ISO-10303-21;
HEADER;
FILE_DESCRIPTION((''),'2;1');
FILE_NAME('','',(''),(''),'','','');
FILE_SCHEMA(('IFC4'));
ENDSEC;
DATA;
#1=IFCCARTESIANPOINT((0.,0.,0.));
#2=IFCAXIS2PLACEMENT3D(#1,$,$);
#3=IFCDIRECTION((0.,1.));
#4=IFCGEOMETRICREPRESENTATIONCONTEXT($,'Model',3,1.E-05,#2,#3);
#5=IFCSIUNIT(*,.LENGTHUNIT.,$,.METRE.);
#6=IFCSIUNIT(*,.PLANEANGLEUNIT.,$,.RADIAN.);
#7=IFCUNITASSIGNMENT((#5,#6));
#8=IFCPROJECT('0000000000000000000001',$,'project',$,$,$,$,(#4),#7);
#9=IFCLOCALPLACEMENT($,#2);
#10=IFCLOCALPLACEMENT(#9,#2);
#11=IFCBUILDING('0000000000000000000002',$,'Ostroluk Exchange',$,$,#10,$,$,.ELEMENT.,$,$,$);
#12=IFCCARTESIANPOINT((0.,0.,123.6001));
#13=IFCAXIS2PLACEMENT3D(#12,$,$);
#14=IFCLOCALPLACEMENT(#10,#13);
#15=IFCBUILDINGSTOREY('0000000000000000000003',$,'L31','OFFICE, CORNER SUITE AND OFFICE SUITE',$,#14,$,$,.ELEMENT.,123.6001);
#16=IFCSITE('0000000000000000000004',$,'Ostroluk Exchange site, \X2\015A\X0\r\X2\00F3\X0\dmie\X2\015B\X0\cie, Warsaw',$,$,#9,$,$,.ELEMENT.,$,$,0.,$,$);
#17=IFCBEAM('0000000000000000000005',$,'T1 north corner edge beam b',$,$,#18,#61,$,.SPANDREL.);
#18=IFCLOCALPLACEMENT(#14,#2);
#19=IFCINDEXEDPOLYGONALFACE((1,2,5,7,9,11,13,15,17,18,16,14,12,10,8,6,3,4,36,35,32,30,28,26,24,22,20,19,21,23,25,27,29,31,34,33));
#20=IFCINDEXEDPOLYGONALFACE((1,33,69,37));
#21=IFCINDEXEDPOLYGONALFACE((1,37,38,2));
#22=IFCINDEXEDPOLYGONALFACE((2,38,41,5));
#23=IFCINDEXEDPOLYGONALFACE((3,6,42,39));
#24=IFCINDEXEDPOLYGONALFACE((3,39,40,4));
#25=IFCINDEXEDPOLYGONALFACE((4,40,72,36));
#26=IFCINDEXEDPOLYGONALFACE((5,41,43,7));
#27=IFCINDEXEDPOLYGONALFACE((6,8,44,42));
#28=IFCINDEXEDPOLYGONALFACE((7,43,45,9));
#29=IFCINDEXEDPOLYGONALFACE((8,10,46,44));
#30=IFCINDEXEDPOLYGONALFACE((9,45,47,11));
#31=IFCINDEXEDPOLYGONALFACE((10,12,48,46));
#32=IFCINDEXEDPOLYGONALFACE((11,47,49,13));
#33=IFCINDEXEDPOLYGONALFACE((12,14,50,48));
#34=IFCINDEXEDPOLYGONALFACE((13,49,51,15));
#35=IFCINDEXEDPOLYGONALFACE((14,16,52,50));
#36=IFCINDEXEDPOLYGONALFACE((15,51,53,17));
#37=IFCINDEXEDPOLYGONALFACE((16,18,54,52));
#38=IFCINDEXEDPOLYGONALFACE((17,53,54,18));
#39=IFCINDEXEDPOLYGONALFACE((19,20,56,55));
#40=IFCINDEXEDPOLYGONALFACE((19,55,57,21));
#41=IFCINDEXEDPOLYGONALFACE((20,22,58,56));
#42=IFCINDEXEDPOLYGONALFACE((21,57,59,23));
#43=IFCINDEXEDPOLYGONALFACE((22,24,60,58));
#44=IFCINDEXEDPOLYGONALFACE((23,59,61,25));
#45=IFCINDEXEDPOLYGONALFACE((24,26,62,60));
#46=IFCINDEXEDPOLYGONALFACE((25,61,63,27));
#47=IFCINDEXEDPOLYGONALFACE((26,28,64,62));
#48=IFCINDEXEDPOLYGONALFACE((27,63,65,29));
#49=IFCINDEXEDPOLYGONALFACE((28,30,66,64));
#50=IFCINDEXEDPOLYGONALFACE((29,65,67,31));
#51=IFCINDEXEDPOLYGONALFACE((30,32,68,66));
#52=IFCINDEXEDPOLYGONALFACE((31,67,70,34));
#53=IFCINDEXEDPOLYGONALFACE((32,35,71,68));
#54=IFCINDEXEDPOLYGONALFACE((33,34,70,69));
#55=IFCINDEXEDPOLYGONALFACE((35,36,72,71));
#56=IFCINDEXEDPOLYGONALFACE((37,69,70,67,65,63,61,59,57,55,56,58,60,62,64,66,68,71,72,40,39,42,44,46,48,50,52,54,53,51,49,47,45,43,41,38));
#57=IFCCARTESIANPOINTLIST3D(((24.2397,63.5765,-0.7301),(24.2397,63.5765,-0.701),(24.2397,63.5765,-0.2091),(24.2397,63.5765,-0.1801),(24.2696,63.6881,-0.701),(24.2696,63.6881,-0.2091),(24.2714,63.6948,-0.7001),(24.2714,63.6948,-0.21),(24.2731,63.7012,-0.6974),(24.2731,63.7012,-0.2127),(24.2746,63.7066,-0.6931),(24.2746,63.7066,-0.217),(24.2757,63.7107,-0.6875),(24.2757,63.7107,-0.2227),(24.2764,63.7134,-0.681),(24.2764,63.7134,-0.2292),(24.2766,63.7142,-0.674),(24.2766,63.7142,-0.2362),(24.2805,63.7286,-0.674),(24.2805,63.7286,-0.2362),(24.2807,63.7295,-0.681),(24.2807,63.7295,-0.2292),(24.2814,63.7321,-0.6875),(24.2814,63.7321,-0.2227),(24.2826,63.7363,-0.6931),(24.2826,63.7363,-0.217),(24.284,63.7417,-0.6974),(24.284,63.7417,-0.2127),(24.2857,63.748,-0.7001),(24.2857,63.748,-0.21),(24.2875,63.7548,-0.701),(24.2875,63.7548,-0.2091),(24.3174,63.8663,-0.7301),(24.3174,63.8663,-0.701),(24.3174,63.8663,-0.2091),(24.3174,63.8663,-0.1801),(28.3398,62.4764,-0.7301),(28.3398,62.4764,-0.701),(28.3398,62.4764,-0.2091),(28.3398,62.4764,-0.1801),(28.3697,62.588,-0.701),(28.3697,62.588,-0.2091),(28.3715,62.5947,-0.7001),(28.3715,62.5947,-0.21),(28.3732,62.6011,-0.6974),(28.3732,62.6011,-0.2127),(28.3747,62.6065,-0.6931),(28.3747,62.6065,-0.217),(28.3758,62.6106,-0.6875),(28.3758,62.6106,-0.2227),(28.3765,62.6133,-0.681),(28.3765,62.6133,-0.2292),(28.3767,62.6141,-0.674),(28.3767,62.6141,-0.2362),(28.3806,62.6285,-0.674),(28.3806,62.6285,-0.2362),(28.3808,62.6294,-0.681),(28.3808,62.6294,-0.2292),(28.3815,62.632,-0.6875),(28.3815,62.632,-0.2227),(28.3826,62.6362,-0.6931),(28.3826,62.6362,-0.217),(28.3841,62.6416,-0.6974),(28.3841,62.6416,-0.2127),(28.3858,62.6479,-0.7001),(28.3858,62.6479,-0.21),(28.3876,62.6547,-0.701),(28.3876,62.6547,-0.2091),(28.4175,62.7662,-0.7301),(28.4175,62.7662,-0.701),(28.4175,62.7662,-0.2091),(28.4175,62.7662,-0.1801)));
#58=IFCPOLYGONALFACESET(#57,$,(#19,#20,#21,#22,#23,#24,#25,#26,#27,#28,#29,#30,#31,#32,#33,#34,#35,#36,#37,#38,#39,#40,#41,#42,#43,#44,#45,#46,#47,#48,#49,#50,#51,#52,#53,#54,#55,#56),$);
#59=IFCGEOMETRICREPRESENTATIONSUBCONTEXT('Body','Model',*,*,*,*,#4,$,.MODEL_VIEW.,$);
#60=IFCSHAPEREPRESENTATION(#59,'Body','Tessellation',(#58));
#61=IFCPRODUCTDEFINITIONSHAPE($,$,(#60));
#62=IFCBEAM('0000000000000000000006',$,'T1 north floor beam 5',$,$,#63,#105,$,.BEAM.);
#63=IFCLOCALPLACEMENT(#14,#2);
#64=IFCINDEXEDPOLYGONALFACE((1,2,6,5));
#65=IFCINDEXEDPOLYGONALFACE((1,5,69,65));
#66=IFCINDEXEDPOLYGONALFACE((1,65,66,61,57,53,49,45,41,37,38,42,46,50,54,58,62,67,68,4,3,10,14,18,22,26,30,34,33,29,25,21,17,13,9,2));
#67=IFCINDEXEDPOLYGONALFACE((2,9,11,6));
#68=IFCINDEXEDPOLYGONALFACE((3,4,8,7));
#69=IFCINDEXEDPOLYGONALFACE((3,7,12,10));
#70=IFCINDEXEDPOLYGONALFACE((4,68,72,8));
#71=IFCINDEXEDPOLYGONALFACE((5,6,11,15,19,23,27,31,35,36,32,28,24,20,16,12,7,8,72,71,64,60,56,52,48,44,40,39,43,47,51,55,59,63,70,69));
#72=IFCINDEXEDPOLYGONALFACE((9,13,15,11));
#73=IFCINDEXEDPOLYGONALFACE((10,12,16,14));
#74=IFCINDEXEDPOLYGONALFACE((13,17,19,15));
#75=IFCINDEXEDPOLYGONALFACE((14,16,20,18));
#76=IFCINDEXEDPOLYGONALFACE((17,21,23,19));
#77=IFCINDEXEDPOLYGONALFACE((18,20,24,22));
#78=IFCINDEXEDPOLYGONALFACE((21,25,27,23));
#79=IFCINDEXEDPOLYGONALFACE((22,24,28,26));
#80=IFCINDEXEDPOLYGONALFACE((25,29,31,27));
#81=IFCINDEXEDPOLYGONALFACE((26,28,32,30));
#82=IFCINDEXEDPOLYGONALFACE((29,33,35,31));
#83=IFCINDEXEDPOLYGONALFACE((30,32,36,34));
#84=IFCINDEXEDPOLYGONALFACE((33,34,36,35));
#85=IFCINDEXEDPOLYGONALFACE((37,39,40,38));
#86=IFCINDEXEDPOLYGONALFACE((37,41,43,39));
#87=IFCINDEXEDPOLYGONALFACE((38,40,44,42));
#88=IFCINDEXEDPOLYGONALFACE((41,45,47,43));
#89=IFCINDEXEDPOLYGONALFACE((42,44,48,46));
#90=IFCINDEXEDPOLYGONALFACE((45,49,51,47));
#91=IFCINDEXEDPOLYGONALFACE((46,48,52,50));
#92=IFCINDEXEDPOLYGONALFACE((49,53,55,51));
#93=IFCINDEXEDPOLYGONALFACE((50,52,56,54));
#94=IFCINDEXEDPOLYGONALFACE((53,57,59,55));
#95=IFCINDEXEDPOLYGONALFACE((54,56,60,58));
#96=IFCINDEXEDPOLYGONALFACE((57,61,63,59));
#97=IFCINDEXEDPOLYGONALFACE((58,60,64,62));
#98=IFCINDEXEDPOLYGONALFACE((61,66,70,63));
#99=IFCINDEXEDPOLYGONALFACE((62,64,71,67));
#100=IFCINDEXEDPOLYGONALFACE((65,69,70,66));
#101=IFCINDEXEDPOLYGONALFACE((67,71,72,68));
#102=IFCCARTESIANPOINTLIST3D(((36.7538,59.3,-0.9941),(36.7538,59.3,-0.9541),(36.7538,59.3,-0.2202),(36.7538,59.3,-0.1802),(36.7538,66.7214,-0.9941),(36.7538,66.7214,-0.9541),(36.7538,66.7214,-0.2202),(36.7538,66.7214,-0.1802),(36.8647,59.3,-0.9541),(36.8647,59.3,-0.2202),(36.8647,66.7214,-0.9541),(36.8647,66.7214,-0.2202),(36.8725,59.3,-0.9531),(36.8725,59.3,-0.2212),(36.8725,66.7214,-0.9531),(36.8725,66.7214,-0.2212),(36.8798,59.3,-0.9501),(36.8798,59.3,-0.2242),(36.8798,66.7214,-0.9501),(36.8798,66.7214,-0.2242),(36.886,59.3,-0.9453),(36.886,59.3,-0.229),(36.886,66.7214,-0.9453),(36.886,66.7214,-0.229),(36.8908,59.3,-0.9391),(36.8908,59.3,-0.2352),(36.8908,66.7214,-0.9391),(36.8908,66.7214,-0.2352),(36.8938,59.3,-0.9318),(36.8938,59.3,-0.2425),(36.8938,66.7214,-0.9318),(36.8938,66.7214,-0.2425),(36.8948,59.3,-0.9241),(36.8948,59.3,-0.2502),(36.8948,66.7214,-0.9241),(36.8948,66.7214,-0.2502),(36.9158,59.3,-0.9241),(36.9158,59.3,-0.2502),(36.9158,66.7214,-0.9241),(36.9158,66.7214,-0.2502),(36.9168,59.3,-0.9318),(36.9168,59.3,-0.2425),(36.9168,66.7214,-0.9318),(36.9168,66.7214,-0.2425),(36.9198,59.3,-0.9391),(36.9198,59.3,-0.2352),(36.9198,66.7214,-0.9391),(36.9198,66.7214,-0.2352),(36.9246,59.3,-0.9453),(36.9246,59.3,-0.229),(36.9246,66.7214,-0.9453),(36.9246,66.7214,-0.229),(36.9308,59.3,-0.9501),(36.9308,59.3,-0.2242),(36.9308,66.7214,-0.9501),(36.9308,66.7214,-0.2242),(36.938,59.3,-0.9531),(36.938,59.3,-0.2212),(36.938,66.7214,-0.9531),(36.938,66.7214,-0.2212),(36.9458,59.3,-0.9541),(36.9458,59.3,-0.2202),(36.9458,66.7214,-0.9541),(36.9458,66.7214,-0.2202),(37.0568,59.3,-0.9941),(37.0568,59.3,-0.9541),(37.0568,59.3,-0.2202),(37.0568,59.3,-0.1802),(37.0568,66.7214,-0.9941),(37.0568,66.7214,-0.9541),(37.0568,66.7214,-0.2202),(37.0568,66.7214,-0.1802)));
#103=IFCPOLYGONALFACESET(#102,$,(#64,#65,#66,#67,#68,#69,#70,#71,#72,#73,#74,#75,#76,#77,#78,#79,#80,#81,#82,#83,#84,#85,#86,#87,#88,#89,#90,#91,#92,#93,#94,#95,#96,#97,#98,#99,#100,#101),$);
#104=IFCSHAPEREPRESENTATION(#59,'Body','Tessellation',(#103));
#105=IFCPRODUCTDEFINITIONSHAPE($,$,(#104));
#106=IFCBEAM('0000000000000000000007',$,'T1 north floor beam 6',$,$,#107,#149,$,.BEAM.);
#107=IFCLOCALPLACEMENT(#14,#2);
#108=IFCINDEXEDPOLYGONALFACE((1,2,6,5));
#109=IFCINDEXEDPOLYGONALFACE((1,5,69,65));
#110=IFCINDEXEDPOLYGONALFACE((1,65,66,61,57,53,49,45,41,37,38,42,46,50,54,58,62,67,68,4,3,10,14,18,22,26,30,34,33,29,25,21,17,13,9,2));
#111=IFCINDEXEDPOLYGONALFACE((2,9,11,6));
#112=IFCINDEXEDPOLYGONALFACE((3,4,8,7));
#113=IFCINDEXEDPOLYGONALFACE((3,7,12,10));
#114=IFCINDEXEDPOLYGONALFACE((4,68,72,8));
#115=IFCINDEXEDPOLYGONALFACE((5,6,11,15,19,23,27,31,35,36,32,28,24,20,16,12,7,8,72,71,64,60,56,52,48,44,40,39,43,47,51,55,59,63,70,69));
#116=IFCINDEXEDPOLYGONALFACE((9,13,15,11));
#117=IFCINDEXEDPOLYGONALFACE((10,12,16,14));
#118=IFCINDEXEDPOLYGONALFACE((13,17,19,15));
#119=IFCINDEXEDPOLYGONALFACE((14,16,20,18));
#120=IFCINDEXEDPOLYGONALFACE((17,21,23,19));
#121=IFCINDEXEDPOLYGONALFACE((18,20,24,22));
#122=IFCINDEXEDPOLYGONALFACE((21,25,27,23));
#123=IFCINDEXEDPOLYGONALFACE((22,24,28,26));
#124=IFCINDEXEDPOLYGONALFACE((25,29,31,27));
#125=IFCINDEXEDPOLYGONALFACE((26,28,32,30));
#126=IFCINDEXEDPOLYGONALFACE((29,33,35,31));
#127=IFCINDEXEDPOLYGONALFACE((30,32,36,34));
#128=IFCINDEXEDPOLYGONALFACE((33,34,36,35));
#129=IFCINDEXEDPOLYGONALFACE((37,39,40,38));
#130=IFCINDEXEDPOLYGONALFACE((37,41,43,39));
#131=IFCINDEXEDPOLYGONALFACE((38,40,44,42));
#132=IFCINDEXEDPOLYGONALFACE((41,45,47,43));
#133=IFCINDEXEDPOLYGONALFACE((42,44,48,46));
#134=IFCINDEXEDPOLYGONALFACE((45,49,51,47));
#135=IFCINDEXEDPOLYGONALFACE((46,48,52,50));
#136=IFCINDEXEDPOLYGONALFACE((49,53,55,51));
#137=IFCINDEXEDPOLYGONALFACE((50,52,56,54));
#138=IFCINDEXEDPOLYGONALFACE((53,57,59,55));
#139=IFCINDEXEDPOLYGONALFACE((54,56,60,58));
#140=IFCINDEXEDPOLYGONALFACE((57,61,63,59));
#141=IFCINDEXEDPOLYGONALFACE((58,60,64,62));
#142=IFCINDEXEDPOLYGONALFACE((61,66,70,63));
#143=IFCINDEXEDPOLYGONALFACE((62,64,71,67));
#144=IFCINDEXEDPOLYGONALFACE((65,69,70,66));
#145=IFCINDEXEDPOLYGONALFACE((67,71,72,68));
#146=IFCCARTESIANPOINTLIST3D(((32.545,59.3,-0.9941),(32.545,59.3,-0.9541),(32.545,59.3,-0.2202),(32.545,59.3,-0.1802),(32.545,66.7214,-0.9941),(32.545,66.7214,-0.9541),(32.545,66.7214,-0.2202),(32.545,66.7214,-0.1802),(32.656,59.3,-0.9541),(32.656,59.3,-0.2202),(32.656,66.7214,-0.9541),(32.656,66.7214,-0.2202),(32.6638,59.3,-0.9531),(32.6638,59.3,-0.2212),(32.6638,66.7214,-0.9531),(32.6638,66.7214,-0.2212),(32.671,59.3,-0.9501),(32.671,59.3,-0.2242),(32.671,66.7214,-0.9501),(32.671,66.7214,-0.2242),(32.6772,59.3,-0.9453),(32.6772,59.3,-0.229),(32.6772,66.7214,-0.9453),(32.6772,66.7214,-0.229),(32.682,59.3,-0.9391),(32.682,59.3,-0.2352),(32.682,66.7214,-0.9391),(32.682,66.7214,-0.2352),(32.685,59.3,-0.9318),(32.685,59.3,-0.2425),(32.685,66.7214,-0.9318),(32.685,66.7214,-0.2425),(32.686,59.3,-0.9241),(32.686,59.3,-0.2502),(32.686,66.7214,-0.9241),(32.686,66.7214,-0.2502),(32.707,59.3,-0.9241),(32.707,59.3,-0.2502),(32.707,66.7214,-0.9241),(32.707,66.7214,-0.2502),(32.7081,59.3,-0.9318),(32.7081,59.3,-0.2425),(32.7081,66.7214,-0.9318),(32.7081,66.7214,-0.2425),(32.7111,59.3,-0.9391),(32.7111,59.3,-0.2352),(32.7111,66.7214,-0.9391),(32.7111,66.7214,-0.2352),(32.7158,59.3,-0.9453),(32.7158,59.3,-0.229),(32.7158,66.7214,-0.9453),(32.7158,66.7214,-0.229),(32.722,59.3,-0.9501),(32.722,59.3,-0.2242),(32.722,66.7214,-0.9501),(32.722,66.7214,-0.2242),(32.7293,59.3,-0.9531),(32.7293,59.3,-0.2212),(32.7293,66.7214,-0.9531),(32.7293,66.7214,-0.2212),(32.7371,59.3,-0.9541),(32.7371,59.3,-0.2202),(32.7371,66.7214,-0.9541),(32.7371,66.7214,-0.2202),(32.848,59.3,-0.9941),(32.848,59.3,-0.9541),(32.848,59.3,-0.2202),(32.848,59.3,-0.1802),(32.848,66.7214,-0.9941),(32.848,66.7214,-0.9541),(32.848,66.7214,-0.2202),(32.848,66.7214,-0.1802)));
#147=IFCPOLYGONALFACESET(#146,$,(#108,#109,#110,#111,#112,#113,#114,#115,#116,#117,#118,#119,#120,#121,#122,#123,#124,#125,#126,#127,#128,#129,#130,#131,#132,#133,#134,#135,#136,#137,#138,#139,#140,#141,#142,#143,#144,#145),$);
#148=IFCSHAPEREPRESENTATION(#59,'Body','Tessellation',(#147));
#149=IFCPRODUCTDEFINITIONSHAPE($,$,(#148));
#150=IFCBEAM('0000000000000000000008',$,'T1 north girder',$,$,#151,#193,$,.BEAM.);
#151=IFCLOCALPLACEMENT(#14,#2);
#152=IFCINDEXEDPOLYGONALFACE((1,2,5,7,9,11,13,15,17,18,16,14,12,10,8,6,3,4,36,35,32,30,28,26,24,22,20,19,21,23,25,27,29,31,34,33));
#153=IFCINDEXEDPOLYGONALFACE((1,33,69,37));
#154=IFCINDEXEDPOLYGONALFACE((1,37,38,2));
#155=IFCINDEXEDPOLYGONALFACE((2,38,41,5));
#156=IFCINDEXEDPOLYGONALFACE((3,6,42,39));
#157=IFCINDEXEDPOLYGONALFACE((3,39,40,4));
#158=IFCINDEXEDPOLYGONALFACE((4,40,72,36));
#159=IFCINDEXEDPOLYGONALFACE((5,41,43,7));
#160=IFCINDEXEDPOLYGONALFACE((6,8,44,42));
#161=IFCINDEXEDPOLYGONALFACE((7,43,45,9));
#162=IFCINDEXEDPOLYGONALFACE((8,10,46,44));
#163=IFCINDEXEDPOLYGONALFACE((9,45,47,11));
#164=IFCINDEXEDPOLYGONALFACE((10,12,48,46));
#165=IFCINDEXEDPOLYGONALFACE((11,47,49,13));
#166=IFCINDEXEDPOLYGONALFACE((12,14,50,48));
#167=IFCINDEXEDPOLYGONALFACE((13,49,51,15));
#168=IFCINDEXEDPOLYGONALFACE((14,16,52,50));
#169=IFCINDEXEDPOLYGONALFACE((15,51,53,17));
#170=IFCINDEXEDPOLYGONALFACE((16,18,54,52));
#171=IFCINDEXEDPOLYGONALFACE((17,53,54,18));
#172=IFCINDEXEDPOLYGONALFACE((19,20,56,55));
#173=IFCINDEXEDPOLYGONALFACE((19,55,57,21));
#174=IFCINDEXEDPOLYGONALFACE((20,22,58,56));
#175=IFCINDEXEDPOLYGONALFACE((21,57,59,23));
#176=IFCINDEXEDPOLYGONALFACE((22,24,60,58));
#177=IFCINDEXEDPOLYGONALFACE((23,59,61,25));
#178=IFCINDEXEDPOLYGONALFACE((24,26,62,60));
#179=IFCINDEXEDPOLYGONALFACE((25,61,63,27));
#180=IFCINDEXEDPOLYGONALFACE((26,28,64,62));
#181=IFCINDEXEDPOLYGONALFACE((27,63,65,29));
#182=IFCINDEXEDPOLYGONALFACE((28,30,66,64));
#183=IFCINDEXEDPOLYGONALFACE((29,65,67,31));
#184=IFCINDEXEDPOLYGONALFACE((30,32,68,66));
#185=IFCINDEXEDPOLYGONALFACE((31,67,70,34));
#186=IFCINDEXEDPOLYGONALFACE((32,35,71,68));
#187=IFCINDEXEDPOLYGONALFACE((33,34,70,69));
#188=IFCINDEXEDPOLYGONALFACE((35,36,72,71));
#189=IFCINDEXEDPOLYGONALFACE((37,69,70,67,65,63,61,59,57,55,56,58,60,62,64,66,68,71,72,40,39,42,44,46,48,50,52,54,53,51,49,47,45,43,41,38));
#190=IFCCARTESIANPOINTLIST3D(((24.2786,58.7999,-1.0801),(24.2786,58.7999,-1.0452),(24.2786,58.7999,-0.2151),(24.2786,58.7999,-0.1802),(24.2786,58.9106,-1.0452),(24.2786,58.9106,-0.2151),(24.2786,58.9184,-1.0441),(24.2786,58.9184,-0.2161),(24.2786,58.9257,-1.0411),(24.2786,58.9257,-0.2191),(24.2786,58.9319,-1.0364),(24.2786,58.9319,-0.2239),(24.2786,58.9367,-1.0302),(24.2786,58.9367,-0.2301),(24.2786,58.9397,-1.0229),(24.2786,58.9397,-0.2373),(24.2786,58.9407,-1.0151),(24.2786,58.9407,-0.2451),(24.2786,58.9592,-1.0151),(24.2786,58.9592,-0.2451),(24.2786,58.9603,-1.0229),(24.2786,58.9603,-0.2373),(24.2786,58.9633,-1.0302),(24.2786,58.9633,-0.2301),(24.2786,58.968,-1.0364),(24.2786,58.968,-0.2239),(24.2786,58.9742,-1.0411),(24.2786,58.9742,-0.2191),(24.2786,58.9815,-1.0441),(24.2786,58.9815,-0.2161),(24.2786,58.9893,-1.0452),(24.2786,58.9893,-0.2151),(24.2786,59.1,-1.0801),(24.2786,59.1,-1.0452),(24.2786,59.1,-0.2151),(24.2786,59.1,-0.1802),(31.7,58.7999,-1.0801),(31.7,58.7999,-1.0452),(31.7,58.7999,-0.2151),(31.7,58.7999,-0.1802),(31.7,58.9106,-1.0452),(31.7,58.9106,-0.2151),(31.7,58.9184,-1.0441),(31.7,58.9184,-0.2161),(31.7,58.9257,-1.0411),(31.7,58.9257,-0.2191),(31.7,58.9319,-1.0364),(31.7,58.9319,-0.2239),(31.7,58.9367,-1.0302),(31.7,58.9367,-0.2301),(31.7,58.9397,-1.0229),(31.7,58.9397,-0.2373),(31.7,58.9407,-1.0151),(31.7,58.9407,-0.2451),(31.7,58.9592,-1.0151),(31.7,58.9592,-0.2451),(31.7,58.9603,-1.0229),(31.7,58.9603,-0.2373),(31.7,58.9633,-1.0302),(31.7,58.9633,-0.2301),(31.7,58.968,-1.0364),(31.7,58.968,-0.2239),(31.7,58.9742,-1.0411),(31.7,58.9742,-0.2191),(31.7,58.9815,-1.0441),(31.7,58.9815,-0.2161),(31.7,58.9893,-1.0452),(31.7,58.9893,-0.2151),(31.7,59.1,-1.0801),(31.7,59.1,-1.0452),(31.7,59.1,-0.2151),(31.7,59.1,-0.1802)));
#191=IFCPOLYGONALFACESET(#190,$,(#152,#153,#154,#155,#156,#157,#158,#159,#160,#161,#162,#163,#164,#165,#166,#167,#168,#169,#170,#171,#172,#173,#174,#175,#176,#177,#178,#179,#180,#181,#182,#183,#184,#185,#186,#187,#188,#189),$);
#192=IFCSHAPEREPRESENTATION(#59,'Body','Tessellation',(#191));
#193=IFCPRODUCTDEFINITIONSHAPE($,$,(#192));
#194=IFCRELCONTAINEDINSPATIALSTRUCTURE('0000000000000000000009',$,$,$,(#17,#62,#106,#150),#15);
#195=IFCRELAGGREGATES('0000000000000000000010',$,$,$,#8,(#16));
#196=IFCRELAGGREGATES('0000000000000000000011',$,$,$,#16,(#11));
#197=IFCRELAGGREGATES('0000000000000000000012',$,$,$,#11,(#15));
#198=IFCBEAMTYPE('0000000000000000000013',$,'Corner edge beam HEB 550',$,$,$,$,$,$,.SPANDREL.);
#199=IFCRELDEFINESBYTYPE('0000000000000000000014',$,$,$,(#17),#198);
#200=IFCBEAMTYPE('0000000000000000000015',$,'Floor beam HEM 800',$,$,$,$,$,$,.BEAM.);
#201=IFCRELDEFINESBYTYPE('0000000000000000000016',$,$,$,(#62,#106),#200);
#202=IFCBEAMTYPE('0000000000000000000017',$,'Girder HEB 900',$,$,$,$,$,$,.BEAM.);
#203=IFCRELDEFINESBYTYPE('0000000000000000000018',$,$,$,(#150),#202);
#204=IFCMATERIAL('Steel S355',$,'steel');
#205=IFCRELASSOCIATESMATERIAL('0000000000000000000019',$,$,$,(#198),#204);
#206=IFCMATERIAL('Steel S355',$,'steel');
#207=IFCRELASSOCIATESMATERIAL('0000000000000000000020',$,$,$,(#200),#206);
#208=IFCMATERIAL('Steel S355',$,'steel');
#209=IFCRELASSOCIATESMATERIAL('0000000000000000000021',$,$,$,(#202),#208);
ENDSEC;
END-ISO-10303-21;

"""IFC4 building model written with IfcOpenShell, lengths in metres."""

from ifc_helpers import new_model, si_unit, direction, frame, origin, origin_2d, place, context, subcontext, project, spatial, i_section, extrude, material, material_profile, profile_set, type_object, element, save


model = new_model("IFC4")

# Units and contexts
model_context = context("Model", 3, precision=1e-05, world=origin(), true_north=direction((0.0, 1.0)))
body_context = subcontext(model_context, "Body", "Model", "MODEL_VIEW")
ifc_project = project(units=[si_unit("LENGTHUNIT", "METRE"), si_unit("PLANEANGLEUNIT", "RADIAN")], contexts=[model_context])

# Site, building, storey
site_placement = place(None, origin())
site = spatial("IfcSite", under=ifc_project, at=site_placement, Name="Ostroluk Exchange site, Śródmieście, Warsaw", CompositionType="ELEMENT", RefElevation=0.0)
building_placement = place(site_placement, origin())
building = spatial("IfcBuilding", under=site, at=building_placement, Name="Ostroluk Exchange", CompositionType="ELEMENT")
storey_placement = place(building_placement, frame((0.0, 0.0, 123.6001)))
storey = spatial("IfcBuildingStorey", under=building, at=storey_placement, Name="L31", Description="OFFICE, CORNER SUITE AND OFFICE SUITE", CompositionType="ELEMENT", Elevation=123.6001)

# Beams
ifc_material_1 = material(Name="Steel S355", Category="steel")
ifc_material_profile_1 = material_profile(ifc_material_1, i_section(OverallWidth=0.3, OverallDepth=0.55, WebThickness=0.0149, FlangeThickness=0.0291, FilletRadius=0.0271, at=origin_2d()), Name="HEB 550")
ifc_profile_set_1 = profile_set([ifc_material_profile_1], Name="Steel S355")
beam_type_1 = type_object("IfcBeamType", Name="Corner edge beam HEB 550", PredefinedType="SPANDREL", material=ifc_profile_set_1)
for number, where, z_axis, x_axis, name in (
    (1, (28.3787, 62.6213, -0.4551), (-0.965839, 0.259144, 0.0), (-0.259144, -0.965839, 0.0), "T1 north corner edge beam b"),
):
    element("IfcBeam", number, at=place(storey_placement, frame(where, z_axis=z_axis, x_axis=x_axis)), inside=storey, type_object=beam_type_1, Name=name, PredefinedType="SPANDREL", context=body_context, shape_type="SweptSolid", body=[
        extrude(i_section(OverallWidth=0.3, OverallDepth=0.55, WebThickness=0.0149, FlangeThickness=0.0291, FilletRadius=0.0271, at=origin_2d()), origin(), (0.0, 0.0, 1.0), 4.2451),
    ])
ifc_material_2 = material(Name="Steel S355", Category="steel")
ifc_material_profile_2 = material_profile(ifc_material_2, i_section(OverallWidth=0.303, OverallDepth=0.814, WebThickness=0.021, FlangeThickness=0.04, FilletRadius=0.03, at=origin_2d()), Name="HEM 800")
ifc_profile_set_2 = profile_set([ifc_material_profile_2], Name="Steel S355")
beam_type_2 = type_object("IfcBeamType", Name="Floor beam HEM 800", PredefinedType="BEAM", material=ifc_profile_set_2)
for number, where, z_axis, x_axis, name in (
    (2, (36.9053, 59.3, -0.5872), (0.0, 1.0, 0.0), (-1.0, 0.0, 0.0), "T1 north floor beam 5"),
    (3, (32.6965, 59.3, -0.5872), (0.0, 1.0, 0.0), (-1.0, 0.0, 0.0), "T1 north floor beam 6"),
):
    element("IfcBeam", number, at=place(storey_placement, frame(where, z_axis=z_axis, x_axis=x_axis)), inside=storey, type_object=beam_type_2, Name=name, PredefinedType="BEAM", context=body_context, shape_type="SweptSolid", body=[
        extrude(i_section(OverallWidth=0.303, OverallDepth=0.814, WebThickness=0.021, FlangeThickness=0.04, FilletRadius=0.03, at=origin_2d()), origin(), (0.0, 0.0, 1.0), 7.4214),
    ])
ifc_material_3 = material(Name="Steel S355", Category="steel")
ifc_material_profile_3 = material_profile(ifc_material_3, i_section(OverallWidth=0.3, OverallDepth=0.8999, WebThickness=0.0186, FlangeThickness=0.0349, FilletRadius=0.03, at=origin_2d()), Name="HEB 900")
ifc_profile_set_3 = profile_set([ifc_material_profile_3], Name="Steel S355")
beam_type_3 = type_object("IfcBeamType", Name="Girder HEB 900", PredefinedType="BEAM", material=ifc_profile_set_3)
beam_1_placement = place(storey_placement, frame((31.7, 58.95, -0.6301), z_axis=(-1.0, 0.0, 0.0), x_axis=(0.0, -1.0, 0.0)))
element("IfcBeam", 4, at=beam_1_placement, inside=storey, type_object=beam_type_3, Name="T1 north girder", PredefinedType="BEAM", context=body_context, shape_type="SweptSolid", body=[
    extrude(i_section(OverallWidth=0.3, OverallDepth=0.8999, WebThickness=0.0186, FlangeThickness=0.0349, FilletRadius=0.03, at=origin_2d()), origin(), (0.0, 0.0, 1.0), 7.4214),
])

save(model, "model.ifc")
